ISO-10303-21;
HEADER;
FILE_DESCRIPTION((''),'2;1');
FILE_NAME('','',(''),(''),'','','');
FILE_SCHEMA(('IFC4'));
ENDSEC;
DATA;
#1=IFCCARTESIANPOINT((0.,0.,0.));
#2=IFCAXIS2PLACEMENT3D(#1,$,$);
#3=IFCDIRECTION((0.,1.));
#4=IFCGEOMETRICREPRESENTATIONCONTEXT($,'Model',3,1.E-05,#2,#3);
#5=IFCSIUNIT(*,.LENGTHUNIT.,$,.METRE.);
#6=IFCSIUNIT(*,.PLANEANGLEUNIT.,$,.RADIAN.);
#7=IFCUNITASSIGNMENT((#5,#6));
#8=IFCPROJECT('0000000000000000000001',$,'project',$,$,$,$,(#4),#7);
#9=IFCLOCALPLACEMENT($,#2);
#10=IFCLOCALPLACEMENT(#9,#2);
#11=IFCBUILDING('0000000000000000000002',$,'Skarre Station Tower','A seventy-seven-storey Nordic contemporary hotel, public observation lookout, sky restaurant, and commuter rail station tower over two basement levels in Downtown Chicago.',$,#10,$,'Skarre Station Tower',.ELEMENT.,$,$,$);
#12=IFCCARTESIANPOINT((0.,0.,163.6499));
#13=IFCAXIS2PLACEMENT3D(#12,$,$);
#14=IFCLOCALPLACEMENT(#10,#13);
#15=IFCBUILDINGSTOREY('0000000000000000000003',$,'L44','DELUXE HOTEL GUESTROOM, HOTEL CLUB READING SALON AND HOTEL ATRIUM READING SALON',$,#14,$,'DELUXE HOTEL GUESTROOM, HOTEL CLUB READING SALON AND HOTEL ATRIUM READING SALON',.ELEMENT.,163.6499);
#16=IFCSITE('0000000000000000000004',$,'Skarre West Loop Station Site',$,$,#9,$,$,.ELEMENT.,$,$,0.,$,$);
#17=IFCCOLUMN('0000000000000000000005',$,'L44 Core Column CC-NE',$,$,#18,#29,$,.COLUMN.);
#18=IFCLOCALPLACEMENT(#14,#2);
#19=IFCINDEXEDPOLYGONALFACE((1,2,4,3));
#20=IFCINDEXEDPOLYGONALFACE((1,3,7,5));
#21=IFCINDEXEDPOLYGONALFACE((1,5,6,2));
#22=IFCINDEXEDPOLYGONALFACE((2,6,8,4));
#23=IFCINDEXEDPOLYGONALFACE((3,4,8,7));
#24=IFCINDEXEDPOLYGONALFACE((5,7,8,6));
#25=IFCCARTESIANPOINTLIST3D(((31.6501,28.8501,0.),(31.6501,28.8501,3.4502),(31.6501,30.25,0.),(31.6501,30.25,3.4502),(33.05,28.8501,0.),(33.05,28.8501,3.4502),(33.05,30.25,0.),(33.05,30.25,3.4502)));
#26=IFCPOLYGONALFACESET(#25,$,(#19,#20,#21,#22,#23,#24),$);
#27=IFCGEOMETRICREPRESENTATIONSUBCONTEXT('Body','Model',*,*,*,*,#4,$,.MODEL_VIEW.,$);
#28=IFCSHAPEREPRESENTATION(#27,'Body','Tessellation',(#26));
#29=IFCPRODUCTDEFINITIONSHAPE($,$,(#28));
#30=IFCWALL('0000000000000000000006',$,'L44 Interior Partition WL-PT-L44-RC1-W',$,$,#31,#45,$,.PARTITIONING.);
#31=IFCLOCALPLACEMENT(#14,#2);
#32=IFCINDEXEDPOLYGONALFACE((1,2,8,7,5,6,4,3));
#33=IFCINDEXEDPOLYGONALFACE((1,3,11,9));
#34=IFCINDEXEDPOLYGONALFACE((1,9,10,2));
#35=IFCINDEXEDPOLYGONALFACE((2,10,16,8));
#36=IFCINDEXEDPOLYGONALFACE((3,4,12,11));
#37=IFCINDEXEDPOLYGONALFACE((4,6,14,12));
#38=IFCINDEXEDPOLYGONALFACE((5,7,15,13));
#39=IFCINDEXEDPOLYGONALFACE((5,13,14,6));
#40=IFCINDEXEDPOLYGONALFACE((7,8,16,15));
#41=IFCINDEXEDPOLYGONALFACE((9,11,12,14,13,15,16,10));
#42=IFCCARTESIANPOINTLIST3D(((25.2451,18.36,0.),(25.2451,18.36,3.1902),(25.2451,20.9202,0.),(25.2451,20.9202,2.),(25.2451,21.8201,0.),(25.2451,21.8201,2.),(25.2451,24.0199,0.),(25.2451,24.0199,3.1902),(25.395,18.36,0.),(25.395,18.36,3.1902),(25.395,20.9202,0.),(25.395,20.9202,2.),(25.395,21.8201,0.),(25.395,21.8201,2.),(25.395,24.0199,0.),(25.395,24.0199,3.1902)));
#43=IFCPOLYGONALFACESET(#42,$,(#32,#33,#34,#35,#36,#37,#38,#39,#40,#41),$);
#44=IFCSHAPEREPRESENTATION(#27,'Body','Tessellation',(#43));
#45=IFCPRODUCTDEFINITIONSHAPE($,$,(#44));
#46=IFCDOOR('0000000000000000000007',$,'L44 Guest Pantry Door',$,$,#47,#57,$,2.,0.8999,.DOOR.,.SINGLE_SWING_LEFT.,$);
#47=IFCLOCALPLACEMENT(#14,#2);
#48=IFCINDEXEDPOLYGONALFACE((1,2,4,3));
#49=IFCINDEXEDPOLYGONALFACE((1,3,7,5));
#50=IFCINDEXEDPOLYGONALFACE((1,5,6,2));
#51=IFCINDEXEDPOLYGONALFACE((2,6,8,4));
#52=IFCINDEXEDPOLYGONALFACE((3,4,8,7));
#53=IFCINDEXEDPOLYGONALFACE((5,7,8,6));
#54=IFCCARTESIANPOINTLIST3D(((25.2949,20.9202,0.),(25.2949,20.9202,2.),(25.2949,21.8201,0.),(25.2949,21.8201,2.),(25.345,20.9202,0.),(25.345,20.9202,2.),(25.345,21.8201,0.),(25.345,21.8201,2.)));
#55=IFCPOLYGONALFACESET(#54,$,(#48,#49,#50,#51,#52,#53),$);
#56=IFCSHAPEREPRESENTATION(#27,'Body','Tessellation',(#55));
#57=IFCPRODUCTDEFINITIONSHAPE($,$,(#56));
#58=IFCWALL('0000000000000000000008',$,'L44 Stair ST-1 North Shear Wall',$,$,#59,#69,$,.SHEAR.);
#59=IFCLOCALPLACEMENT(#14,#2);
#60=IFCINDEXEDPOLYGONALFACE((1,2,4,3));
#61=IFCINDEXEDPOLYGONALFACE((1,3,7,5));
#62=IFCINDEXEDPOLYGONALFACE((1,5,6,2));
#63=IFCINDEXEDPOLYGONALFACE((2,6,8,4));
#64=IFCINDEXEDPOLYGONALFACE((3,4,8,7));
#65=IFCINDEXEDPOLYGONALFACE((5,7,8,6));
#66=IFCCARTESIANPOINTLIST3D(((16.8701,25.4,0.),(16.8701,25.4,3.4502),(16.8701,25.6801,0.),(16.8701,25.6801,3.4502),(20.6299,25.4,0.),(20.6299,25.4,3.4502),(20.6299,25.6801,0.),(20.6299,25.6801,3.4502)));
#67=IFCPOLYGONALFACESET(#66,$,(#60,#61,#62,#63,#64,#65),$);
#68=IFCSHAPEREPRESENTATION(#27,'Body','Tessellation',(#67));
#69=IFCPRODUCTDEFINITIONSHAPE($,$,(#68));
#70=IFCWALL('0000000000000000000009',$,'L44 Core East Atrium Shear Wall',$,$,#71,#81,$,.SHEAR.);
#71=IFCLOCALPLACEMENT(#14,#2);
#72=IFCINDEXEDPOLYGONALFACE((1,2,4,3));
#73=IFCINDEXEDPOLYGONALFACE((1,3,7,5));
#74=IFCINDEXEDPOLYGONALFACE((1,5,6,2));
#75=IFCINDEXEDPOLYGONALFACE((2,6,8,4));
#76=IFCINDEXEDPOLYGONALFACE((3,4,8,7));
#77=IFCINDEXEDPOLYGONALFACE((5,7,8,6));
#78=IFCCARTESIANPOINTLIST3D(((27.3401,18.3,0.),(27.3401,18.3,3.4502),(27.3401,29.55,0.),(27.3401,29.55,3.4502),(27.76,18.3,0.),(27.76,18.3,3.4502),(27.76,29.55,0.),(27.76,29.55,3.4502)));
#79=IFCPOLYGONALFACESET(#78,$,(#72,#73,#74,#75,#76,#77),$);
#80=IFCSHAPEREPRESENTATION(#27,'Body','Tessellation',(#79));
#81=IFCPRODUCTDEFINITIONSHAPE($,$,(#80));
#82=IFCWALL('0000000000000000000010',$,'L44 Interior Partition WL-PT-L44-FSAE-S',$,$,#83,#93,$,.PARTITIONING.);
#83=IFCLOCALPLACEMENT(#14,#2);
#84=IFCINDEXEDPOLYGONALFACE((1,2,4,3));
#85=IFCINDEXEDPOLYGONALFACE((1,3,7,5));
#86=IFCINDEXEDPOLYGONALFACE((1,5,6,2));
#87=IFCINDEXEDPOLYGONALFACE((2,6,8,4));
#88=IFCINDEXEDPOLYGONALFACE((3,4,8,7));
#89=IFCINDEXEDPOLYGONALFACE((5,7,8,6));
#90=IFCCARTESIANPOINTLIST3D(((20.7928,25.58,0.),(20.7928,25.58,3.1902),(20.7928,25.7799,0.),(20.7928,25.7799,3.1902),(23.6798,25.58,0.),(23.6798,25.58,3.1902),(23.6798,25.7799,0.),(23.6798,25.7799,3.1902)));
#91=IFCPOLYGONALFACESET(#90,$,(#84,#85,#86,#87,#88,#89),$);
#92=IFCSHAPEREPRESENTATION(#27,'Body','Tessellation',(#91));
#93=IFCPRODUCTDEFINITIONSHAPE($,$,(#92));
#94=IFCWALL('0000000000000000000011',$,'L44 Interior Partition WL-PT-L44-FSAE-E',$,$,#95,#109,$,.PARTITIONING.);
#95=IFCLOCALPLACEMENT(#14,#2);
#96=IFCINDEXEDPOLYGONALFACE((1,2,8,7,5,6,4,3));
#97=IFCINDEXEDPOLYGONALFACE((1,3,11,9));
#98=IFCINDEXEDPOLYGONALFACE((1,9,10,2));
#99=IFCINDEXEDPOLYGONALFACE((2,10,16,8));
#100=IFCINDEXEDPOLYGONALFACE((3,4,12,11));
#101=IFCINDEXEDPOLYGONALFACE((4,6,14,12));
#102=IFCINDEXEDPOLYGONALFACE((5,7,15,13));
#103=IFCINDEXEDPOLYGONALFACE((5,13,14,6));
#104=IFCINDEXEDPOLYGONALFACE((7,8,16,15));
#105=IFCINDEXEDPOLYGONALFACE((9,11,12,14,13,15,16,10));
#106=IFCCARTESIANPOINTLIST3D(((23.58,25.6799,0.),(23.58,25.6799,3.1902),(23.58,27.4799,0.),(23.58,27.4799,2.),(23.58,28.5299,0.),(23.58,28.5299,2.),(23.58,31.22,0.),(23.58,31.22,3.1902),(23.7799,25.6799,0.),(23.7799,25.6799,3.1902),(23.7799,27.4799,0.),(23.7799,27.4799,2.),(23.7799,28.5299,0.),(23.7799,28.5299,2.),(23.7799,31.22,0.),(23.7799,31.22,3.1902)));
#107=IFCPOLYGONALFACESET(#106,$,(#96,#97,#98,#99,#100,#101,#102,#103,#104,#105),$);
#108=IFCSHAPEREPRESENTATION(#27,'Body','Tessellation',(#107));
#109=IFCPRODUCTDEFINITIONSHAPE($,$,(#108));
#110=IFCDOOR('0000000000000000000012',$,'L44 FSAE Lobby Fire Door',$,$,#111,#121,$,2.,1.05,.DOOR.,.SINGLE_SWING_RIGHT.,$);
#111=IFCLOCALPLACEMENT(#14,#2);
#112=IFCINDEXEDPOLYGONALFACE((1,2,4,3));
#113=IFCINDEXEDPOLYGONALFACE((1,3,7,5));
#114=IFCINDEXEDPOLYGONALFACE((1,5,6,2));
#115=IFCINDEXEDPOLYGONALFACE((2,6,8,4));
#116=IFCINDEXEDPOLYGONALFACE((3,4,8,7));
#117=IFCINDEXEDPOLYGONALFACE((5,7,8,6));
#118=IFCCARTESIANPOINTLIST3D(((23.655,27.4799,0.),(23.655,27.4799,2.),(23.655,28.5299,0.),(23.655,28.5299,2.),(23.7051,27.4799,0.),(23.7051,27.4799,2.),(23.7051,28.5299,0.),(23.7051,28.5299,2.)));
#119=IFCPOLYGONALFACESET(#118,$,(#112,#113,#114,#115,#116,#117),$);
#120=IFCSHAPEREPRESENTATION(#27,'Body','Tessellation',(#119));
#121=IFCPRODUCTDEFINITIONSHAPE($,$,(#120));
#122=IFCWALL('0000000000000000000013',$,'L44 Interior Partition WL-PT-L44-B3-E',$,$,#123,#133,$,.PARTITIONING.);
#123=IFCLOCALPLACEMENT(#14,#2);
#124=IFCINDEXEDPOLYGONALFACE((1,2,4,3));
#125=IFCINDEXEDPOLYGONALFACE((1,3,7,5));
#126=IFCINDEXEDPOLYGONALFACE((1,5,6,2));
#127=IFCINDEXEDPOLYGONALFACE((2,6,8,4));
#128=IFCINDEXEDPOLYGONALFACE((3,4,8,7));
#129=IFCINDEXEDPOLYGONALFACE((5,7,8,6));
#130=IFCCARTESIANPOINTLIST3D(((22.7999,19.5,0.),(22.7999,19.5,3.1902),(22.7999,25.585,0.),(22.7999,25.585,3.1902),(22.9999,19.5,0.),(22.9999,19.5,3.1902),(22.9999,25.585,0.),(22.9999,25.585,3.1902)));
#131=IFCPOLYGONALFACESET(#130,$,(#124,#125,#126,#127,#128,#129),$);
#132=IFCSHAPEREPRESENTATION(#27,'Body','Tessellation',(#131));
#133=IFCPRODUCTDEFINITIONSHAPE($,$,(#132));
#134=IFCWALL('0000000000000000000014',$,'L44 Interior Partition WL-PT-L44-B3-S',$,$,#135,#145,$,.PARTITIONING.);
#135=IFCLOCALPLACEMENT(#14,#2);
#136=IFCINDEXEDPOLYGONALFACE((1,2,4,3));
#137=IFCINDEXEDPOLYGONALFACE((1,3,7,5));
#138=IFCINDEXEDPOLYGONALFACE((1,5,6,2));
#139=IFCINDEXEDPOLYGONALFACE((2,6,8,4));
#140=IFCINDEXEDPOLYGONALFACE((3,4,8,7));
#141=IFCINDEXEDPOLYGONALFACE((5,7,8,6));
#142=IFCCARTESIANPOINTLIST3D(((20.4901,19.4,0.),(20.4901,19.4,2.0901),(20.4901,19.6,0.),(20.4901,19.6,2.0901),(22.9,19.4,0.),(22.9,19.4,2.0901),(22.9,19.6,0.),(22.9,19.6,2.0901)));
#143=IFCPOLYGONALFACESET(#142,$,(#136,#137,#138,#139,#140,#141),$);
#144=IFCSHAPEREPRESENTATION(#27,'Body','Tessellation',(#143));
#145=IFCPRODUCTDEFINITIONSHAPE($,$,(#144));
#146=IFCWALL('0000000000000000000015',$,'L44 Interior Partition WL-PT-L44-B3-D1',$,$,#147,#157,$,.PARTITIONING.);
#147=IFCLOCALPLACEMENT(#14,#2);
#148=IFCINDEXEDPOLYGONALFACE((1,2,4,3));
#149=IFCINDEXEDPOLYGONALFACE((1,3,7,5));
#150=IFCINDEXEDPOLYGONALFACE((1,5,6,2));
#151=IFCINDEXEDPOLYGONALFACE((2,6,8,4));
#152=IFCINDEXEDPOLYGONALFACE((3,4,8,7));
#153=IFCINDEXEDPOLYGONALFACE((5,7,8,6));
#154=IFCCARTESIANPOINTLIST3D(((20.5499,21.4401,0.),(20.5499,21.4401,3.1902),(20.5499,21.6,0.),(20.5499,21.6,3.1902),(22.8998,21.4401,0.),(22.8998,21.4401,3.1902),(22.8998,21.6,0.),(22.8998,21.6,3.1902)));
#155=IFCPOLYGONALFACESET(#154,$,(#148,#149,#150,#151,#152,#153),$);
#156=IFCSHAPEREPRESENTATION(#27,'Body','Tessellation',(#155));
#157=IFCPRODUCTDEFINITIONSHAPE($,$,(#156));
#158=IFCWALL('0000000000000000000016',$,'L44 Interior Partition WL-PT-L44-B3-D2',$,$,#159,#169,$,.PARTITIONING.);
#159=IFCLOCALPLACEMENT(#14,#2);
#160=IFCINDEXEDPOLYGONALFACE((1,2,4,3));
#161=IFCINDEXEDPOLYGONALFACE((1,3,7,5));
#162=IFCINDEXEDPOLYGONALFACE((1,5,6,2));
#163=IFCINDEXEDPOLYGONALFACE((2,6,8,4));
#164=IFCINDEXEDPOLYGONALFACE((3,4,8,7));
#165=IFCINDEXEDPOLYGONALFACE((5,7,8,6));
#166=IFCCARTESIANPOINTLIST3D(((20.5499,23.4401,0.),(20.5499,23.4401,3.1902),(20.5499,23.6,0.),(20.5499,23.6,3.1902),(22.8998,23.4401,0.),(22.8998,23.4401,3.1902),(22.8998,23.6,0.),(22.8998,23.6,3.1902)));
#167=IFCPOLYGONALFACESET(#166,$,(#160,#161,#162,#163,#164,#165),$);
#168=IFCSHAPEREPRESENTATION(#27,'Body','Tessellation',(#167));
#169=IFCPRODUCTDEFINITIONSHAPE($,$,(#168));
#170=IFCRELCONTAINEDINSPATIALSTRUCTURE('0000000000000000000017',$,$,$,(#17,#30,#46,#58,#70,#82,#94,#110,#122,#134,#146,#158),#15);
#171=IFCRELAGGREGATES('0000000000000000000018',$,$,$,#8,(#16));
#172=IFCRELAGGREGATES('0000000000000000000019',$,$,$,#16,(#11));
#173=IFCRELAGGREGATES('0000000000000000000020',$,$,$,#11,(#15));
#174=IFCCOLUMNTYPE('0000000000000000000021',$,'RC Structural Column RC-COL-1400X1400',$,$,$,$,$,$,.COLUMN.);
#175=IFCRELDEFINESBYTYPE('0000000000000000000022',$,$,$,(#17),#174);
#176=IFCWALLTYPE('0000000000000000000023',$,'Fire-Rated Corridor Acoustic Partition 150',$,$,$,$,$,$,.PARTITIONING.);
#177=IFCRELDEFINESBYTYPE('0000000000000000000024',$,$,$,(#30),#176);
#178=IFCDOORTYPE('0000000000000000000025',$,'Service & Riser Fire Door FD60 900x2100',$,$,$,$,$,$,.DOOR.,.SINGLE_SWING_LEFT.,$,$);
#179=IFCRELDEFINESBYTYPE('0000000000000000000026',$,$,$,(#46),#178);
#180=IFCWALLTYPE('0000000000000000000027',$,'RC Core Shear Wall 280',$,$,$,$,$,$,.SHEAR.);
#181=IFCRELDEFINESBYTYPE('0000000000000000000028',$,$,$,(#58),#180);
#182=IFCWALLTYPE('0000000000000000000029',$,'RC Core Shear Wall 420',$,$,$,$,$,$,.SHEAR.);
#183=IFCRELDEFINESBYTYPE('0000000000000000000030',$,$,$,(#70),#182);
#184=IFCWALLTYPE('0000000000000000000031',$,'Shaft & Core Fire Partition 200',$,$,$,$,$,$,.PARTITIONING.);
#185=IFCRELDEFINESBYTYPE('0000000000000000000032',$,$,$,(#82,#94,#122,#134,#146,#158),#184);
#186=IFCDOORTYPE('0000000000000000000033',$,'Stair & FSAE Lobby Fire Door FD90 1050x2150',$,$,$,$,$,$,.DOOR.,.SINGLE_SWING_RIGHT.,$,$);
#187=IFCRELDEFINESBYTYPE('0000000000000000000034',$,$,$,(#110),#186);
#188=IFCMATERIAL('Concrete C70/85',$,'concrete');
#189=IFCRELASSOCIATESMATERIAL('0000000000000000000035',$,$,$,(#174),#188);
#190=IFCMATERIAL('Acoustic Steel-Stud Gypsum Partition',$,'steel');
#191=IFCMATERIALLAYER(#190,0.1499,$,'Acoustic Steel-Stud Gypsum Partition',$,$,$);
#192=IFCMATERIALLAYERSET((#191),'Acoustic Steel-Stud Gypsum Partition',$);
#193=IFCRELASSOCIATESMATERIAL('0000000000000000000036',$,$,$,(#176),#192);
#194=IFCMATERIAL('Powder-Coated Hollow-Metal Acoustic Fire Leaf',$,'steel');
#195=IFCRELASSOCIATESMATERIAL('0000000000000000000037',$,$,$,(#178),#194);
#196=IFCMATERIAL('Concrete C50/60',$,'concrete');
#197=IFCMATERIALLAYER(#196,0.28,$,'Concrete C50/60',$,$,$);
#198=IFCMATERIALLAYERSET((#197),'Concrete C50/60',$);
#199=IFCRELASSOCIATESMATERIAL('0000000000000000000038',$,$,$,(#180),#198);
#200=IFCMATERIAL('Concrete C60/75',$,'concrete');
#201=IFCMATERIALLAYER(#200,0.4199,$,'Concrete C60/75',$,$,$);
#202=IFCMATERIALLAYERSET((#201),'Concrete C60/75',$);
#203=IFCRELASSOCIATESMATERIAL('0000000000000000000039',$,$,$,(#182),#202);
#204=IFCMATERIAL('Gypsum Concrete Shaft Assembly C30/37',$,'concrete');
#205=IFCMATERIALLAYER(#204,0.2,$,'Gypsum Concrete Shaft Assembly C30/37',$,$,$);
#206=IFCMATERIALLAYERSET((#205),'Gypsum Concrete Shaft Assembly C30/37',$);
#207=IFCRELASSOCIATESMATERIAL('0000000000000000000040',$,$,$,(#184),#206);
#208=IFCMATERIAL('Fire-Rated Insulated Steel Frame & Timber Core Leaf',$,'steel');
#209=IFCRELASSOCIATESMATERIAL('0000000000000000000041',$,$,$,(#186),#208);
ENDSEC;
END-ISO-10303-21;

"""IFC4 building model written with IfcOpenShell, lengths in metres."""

from ifc_helpers import new_model, si_unit, direction, frame, frame_2d, origin, origin_2d, place, context, subcontext, project, spatial, rectangle, extrude, material, layer, layer_set, material_profile, profile_set, type_object, element, fill, save


model = new_model("IFC4")

# Units and contexts
model_context = context("Model", 3, precision=1e-05, world=origin(), true_north=direction((0.0, 1.0)))
body_context = subcontext(model_context, "Body", "Model", "MODEL_VIEW")
ifc_project = project(units=[si_unit("LENGTHUNIT", "METRE"), si_unit("PLANEANGLEUNIT", "RADIAN")], contexts=[model_context])

# Site, building, storey
site_placement = place(None, origin())
site = spatial("IfcSite", under=ifc_project, at=site_placement, Name="Skarre West Loop Station Site", CompositionType="ELEMENT", RefElevation=0.0)
building_placement = place(site_placement, origin())
building = spatial("IfcBuilding", under=site, at=building_placement, Name="Skarre Station Tower", Description="A seventy-seven-storey Nordic contemporary hotel, public observation lookout, sky restaurant, and commuter rail station tower over two basement levels in Downtown Chicago.", LongName="Skarre Station Tower", CompositionType="ELEMENT")
storey_placement = place(building_placement, frame((0.0, 0.0, 163.6499)))
storey = spatial("IfcBuildingStorey", under=building, at=storey_placement, Name="L44", Description="DELUXE HOTEL GUESTROOM, HOTEL CLUB READING SALON AND HOTEL ATRIUM READING SALON", LongName="DELUXE HOTEL GUESTROOM, HOTEL CLUB READING SALON AND HOTEL ATRIUM READING SALON", CompositionType="ELEMENT", Elevation=163.6499)

# Column
ifc_material_1 = material(Name="Concrete C70/85", Category="concrete")
ifc_material_profile = material_profile(ifc_material_1, rectangle(XDim=1.3999, YDim=1.3999, at=origin_2d()), Name="Concrete C70/85")
ifc_profile_set = profile_set([ifc_material_profile], Name="Concrete C70/85")
column_type = type_object("IfcColumnType", Name="RC Structural Column RC-COL-1400X1400", PredefinedType="COLUMN", material=ifc_profile_set)
column_placement = place(storey_placement, frame((32.3501, 29.55, 0.0), z_axis=(0.0, 0.0, 1.0), x_axis=(1.0, 0.0, 0.0)))
element("IfcColumn", 1, at=column_placement, inside=storey, type_object=column_type, Name="L44 Core Column CC-NE", PredefinedType="COLUMN", context=body_context, shape_type="SweptSolid", body=[
    extrude(rectangle(XDim=1.3999, YDim=1.3999, at=origin_2d()), origin(), (0.0, 0.0, 1.0), 3.4502),
])

# Wall, opening, door
ifc_material_2 = material(Name="Acoustic Steel-Stud Gypsum Partition", Category="steel")
ifc_layer_1 = layer(ifc_material_2, 0.1499, Name="Acoustic Steel-Stud Gypsum Partition")
ifc_layer_set_1 = layer_set([ifc_layer_1], Name="Acoustic Steel-Stud Gypsum Partition")
wall_type_1 = type_object("IfcWallType", Name="Fire-Rated Corridor Acoustic Partition 150", PredefinedType="PARTITIONING", material=ifc_layer_set_1)
wall_1_placement = place(storey_placement, frame((25.3201, 24.02, 0.0), z_axis=(0.0, 0.0, 1.0), x_axis=(0.0, -1.0, 0.0)))
wall_1 = element("IfcWall", 2, at=wall_1_placement, inside=storey, type_object=wall_type_1, Name="L44 Interior Partition WL-PT-L44-RC1-W", PredefinedType="PARTITIONING", context=body_context, shape_type="SweptSolid", body=[
    extrude(rectangle(XDim=5.6599, YDim=0.1499, at=frame_2d((2.8301, 0.0))), origin(), (0.0, 0.0, 1.0), 3.1902),
])
opening_1_placement = place(wall_1_placement, frame((2.2, 0.0, 0.0)))
opening_1 = element("IfcOpeningElement", 3, at=opening_1_placement, cuts=wall_1, PredefinedType="OPENING", context=body_context, shape_type="SweptSolid", body=[
    extrude(rectangle(XDim=0.8999, YDim=2.0, at=frame_2d((0.45, 1.0))), frame((0.0, 0.085, 0.0), z_axis=(0.0, -1.0, 0.0), x_axis=(1.0, 0.0, 0.0)), (0.0, 0.0, 1.0), 0.1699),
])
ifc_material_3 = material(Name="Powder-Coated Hollow-Metal Acoustic Fire Leaf", Category="steel")
door_type_1 = type_object("IfcDoorType", Name="Service & Riser Fire Door FD60 900x2100", OperationType="SINGLE_SWING_LEFT", PredefinedType="DOOR", material=ifc_material_3)
door_1_placement = place(opening_1_placement, origin())
door_1 = element("IfcDoor", 4, at=door_1_placement, inside=storey, type_object=door_type_1, Name="L44 Guest Pantry Door", OperationType="SINGLE_SWING_LEFT", OverallHeight=2.0, OverallWidth=0.8999, PredefinedType="DOOR", context=body_context, shape_type="SweptSolid", body=[
    extrude(rectangle(XDim=0.8999, YDim=2.0, at=frame_2d((0.45, 1.0))), frame((0.0, 0.0249, 0.0), z_axis=(0.0, -1.0, 0.0), x_axis=(1.0, 0.0, 0.0)), (0.0, 0.0, 1.0), 0.05),
])
fill(opening_1, door_1)

# Walls
ifc_material_4 = material(Name="Concrete C50/60", Category="concrete")
ifc_layer_2 = layer(ifc_material_4, 0.28, Name="Concrete C50/60")
ifc_layer_set_2 = layer_set([ifc_layer_2], Name="Concrete C50/60")
wall_type_2 = type_object("IfcWallType", Name="RC Core Shear Wall 280", PredefinedType="SHEAR", material=ifc_layer_set_2)
wall_2_placement = place(storey_placement, frame((20.6299, 25.54, 0.0), z_axis=(0.0, 0.0, 1.0), x_axis=(-1.0, 0.0, 0.0)))
element("IfcWall", 5, at=wall_2_placement, inside=storey, type_object=wall_type_2, Name="L44 Stair ST-1 North Shear Wall", PredefinedType="SHEAR", context=body_context, shape_type="SweptSolid", body=[
    extrude(rectangle(XDim=3.7598, YDim=0.28, at=frame_2d((1.8799, 0.0))), origin(), (0.0, 0.0, 1.0), 3.4502),
])
ifc_material_5 = material(Name="Concrete C60/75", Category="concrete")
ifc_layer_3 = layer(ifc_material_5, 0.4199, Name="Concrete C60/75")
ifc_layer_set_3 = layer_set([ifc_layer_3], Name="Concrete C60/75")
wall_type_3 = type_object("IfcWallType", Name="RC Core Shear Wall 420", PredefinedType="SHEAR", material=ifc_layer_set_3)
wall_3_placement = place(storey_placement, frame((27.55, 29.55, 0.0), z_axis=(0.0, 0.0, 1.0), x_axis=(0.0, -1.0, 0.0)))
element("IfcWall", 6, at=wall_3_placement, inside=storey, type_object=wall_type_3, Name="L44 Core East Atrium Shear Wall", PredefinedType="SHEAR", context=body_context, shape_type="SweptSolid", body=[
    extrude(rectangle(XDim=11.25, YDim=0.4199, at=frame_2d((5.625, 0.0))), origin(), (0.0, 0.0, 1.0), 3.4502),
])
ifc_material_6 = material(Name="Gypsum Concrete Shaft Assembly C30/37", Category="concrete")
ifc_layer_4 = layer(ifc_material_6, 0.2, Name="Gypsum Concrete Shaft Assembly C30/37")
ifc_layer_set_4 = layer_set([ifc_layer_4], Name="Gypsum Concrete Shaft Assembly C30/37")
wall_type_4 = type_object("IfcWallType", Name="Shaft & Core Fire Partition 200", PredefinedType="PARTITIONING", material=ifc_layer_set_4)
wall_4_placement = place(storey_placement, frame((20.793, 25.6799, 0.0), z_axis=(0.0, 0.0, 1.0), x_axis=(1.0, 0.0, 0.0)))
element("IfcWall", 7, at=wall_4_placement, inside=storey, type_object=wall_type_4, Name="L44 Interior Partition WL-PT-L44-FSAE-S", PredefinedType="PARTITIONING", context=body_context, shape_type="SweptSolid", body=[
    extrude(rectangle(XDim=2.887, YDim=0.2, at=frame_2d((1.4434, 0.0))), origin(), (0.0, 0.0, 1.0), 3.1902),
])

# Wall, opening, door
wall_5_placement = place(storey_placement, frame((23.6799, 25.6799, 0.0), z_axis=(0.0, 0.0, 1.0), x_axis=(0.0, 1.0, 0.0)))
wall_5 = element("IfcWall", 8, at=wall_5_placement, inside=storey, type_object=wall_type_4, Name="L44 Interior Partition WL-PT-L44-FSAE-E", PredefinedType="PARTITIONING", context=body_context, shape_type="SweptSolid", body=[
    extrude(rectangle(XDim=5.54, YDim=0.2, at=frame_2d((2.77, 0.0))), origin(), (0.0, 0.0, 1.0), 3.1902),
])
opening_2_placement = place(wall_5_placement, frame((1.8, 0.0, 0.0)))
opening_2 = element("IfcOpeningElement", 9, at=opening_2_placement, cuts=wall_5, PredefinedType="OPENING", context=body_context, shape_type="SweptSolid", body=[
    extrude(rectangle(XDim=1.05, YDim=2.0, at=frame_2d((0.5249, 1.0))), frame((0.0, 0.1099, 0.0), z_axis=(0.0, -1.0, 0.0), x_axis=(1.0, 0.0, 0.0)), (0.0, 0.0, 1.0), 0.22),
])
ifc_material_7 = material(Name="Fire-Rated Insulated Steel Frame & Timber Core Leaf", Category="steel")
door_type_2 = type_object("IfcDoorType", Name="Stair & FSAE Lobby Fire Door FD90 1050x2150", OperationType="SINGLE_SWING_RIGHT", PredefinedType="DOOR", material=ifc_material_7)
door_2_placement = place(opening_2_placement, origin())
door_2 = element("IfcDoor", 10, at=door_2_placement, inside=storey, type_object=door_type_2, Name="L44 FSAE Lobby Fire Door", OperationType="SINGLE_SWING_RIGHT", OverallHeight=2.0, OverallWidth=1.05, PredefinedType="DOOR", context=body_context, shape_type="SweptSolid", body=[
    extrude(rectangle(XDim=1.05, YDim=2.0, at=frame_2d((0.5249, 1.0))), frame((0.0, 0.0249, 0.0), z_axis=(0.0, -1.0, 0.0), x_axis=(1.0, 0.0, 0.0)), (0.0, 0.0, 1.0), 0.05),
])
fill(opening_2, door_2)

# Walls
wall_6_placement = place(storey_placement, frame((22.8999, 19.5, 0.0), z_axis=(0.0, 0.0, 1.0), x_axis=(0.0, 1.0, 0.0)))
element("IfcWall", 11, at=wall_6_placement, inside=storey, type_object=wall_type_4, Name="L44 Interior Partition WL-PT-L44-B3-E", PredefinedType="PARTITIONING", context=body_context, shape_type="SweptSolid", body=[
    extrude(rectangle(XDim=6.085, YDim=0.2, at=frame_2d((3.0425, 0.0))), origin(), (0.0, 0.0, 1.0), 3.1902),
])
wall_7_placement = place(storey_placement, frame((20.49, 19.5, 0.0), z_axis=(0.0, 0.0, 1.0), x_axis=(1.0, 0.0, 0.0)))
element("IfcWall", 12, at=wall_7_placement, inside=storey, type_object=wall_type_4, Name="L44 Interior Partition WL-PT-L44-B3-S", PredefinedType="PARTITIONING", context=body_context, shape_type="SweptSolid", body=[
    extrude(rectangle(XDim=2.4099, YDim=0.2, at=frame_2d((1.2051, 0.0))), origin(), (0.0, 0.0, 1.0), 2.0901),
])
for number, where, z_axis, x_axis, name in (
    (13, (20.55, 21.52, 0.0), (0.0, 0.0, 1.0), (1.0, 0.0, 0.0), "L44 Interior Partition WL-PT-L44-B3-D1"),
    (14, (20.55, 23.52, 0.0), (0.0, 0.0, 1.0), (1.0, 0.0, 0.0), "L44 Interior Partition WL-PT-L44-B3-D2"),
):
    element("IfcWall", number, at=place(storey_placement, frame(where, z_axis=z_axis, x_axis=x_axis)), inside=storey, type_object=wall_type_4, Name=name, PredefinedType="PARTITIONING", context=body_context, shape_type="SweptSolid", body=[
        extrude(rectangle(XDim=2.3499, YDim=0.1599, at=frame_2d((1.1748, 0.0))), origin(), (0.0, 0.0, 1.0), 3.1902),
    ])

save(model, "model.ifc")
